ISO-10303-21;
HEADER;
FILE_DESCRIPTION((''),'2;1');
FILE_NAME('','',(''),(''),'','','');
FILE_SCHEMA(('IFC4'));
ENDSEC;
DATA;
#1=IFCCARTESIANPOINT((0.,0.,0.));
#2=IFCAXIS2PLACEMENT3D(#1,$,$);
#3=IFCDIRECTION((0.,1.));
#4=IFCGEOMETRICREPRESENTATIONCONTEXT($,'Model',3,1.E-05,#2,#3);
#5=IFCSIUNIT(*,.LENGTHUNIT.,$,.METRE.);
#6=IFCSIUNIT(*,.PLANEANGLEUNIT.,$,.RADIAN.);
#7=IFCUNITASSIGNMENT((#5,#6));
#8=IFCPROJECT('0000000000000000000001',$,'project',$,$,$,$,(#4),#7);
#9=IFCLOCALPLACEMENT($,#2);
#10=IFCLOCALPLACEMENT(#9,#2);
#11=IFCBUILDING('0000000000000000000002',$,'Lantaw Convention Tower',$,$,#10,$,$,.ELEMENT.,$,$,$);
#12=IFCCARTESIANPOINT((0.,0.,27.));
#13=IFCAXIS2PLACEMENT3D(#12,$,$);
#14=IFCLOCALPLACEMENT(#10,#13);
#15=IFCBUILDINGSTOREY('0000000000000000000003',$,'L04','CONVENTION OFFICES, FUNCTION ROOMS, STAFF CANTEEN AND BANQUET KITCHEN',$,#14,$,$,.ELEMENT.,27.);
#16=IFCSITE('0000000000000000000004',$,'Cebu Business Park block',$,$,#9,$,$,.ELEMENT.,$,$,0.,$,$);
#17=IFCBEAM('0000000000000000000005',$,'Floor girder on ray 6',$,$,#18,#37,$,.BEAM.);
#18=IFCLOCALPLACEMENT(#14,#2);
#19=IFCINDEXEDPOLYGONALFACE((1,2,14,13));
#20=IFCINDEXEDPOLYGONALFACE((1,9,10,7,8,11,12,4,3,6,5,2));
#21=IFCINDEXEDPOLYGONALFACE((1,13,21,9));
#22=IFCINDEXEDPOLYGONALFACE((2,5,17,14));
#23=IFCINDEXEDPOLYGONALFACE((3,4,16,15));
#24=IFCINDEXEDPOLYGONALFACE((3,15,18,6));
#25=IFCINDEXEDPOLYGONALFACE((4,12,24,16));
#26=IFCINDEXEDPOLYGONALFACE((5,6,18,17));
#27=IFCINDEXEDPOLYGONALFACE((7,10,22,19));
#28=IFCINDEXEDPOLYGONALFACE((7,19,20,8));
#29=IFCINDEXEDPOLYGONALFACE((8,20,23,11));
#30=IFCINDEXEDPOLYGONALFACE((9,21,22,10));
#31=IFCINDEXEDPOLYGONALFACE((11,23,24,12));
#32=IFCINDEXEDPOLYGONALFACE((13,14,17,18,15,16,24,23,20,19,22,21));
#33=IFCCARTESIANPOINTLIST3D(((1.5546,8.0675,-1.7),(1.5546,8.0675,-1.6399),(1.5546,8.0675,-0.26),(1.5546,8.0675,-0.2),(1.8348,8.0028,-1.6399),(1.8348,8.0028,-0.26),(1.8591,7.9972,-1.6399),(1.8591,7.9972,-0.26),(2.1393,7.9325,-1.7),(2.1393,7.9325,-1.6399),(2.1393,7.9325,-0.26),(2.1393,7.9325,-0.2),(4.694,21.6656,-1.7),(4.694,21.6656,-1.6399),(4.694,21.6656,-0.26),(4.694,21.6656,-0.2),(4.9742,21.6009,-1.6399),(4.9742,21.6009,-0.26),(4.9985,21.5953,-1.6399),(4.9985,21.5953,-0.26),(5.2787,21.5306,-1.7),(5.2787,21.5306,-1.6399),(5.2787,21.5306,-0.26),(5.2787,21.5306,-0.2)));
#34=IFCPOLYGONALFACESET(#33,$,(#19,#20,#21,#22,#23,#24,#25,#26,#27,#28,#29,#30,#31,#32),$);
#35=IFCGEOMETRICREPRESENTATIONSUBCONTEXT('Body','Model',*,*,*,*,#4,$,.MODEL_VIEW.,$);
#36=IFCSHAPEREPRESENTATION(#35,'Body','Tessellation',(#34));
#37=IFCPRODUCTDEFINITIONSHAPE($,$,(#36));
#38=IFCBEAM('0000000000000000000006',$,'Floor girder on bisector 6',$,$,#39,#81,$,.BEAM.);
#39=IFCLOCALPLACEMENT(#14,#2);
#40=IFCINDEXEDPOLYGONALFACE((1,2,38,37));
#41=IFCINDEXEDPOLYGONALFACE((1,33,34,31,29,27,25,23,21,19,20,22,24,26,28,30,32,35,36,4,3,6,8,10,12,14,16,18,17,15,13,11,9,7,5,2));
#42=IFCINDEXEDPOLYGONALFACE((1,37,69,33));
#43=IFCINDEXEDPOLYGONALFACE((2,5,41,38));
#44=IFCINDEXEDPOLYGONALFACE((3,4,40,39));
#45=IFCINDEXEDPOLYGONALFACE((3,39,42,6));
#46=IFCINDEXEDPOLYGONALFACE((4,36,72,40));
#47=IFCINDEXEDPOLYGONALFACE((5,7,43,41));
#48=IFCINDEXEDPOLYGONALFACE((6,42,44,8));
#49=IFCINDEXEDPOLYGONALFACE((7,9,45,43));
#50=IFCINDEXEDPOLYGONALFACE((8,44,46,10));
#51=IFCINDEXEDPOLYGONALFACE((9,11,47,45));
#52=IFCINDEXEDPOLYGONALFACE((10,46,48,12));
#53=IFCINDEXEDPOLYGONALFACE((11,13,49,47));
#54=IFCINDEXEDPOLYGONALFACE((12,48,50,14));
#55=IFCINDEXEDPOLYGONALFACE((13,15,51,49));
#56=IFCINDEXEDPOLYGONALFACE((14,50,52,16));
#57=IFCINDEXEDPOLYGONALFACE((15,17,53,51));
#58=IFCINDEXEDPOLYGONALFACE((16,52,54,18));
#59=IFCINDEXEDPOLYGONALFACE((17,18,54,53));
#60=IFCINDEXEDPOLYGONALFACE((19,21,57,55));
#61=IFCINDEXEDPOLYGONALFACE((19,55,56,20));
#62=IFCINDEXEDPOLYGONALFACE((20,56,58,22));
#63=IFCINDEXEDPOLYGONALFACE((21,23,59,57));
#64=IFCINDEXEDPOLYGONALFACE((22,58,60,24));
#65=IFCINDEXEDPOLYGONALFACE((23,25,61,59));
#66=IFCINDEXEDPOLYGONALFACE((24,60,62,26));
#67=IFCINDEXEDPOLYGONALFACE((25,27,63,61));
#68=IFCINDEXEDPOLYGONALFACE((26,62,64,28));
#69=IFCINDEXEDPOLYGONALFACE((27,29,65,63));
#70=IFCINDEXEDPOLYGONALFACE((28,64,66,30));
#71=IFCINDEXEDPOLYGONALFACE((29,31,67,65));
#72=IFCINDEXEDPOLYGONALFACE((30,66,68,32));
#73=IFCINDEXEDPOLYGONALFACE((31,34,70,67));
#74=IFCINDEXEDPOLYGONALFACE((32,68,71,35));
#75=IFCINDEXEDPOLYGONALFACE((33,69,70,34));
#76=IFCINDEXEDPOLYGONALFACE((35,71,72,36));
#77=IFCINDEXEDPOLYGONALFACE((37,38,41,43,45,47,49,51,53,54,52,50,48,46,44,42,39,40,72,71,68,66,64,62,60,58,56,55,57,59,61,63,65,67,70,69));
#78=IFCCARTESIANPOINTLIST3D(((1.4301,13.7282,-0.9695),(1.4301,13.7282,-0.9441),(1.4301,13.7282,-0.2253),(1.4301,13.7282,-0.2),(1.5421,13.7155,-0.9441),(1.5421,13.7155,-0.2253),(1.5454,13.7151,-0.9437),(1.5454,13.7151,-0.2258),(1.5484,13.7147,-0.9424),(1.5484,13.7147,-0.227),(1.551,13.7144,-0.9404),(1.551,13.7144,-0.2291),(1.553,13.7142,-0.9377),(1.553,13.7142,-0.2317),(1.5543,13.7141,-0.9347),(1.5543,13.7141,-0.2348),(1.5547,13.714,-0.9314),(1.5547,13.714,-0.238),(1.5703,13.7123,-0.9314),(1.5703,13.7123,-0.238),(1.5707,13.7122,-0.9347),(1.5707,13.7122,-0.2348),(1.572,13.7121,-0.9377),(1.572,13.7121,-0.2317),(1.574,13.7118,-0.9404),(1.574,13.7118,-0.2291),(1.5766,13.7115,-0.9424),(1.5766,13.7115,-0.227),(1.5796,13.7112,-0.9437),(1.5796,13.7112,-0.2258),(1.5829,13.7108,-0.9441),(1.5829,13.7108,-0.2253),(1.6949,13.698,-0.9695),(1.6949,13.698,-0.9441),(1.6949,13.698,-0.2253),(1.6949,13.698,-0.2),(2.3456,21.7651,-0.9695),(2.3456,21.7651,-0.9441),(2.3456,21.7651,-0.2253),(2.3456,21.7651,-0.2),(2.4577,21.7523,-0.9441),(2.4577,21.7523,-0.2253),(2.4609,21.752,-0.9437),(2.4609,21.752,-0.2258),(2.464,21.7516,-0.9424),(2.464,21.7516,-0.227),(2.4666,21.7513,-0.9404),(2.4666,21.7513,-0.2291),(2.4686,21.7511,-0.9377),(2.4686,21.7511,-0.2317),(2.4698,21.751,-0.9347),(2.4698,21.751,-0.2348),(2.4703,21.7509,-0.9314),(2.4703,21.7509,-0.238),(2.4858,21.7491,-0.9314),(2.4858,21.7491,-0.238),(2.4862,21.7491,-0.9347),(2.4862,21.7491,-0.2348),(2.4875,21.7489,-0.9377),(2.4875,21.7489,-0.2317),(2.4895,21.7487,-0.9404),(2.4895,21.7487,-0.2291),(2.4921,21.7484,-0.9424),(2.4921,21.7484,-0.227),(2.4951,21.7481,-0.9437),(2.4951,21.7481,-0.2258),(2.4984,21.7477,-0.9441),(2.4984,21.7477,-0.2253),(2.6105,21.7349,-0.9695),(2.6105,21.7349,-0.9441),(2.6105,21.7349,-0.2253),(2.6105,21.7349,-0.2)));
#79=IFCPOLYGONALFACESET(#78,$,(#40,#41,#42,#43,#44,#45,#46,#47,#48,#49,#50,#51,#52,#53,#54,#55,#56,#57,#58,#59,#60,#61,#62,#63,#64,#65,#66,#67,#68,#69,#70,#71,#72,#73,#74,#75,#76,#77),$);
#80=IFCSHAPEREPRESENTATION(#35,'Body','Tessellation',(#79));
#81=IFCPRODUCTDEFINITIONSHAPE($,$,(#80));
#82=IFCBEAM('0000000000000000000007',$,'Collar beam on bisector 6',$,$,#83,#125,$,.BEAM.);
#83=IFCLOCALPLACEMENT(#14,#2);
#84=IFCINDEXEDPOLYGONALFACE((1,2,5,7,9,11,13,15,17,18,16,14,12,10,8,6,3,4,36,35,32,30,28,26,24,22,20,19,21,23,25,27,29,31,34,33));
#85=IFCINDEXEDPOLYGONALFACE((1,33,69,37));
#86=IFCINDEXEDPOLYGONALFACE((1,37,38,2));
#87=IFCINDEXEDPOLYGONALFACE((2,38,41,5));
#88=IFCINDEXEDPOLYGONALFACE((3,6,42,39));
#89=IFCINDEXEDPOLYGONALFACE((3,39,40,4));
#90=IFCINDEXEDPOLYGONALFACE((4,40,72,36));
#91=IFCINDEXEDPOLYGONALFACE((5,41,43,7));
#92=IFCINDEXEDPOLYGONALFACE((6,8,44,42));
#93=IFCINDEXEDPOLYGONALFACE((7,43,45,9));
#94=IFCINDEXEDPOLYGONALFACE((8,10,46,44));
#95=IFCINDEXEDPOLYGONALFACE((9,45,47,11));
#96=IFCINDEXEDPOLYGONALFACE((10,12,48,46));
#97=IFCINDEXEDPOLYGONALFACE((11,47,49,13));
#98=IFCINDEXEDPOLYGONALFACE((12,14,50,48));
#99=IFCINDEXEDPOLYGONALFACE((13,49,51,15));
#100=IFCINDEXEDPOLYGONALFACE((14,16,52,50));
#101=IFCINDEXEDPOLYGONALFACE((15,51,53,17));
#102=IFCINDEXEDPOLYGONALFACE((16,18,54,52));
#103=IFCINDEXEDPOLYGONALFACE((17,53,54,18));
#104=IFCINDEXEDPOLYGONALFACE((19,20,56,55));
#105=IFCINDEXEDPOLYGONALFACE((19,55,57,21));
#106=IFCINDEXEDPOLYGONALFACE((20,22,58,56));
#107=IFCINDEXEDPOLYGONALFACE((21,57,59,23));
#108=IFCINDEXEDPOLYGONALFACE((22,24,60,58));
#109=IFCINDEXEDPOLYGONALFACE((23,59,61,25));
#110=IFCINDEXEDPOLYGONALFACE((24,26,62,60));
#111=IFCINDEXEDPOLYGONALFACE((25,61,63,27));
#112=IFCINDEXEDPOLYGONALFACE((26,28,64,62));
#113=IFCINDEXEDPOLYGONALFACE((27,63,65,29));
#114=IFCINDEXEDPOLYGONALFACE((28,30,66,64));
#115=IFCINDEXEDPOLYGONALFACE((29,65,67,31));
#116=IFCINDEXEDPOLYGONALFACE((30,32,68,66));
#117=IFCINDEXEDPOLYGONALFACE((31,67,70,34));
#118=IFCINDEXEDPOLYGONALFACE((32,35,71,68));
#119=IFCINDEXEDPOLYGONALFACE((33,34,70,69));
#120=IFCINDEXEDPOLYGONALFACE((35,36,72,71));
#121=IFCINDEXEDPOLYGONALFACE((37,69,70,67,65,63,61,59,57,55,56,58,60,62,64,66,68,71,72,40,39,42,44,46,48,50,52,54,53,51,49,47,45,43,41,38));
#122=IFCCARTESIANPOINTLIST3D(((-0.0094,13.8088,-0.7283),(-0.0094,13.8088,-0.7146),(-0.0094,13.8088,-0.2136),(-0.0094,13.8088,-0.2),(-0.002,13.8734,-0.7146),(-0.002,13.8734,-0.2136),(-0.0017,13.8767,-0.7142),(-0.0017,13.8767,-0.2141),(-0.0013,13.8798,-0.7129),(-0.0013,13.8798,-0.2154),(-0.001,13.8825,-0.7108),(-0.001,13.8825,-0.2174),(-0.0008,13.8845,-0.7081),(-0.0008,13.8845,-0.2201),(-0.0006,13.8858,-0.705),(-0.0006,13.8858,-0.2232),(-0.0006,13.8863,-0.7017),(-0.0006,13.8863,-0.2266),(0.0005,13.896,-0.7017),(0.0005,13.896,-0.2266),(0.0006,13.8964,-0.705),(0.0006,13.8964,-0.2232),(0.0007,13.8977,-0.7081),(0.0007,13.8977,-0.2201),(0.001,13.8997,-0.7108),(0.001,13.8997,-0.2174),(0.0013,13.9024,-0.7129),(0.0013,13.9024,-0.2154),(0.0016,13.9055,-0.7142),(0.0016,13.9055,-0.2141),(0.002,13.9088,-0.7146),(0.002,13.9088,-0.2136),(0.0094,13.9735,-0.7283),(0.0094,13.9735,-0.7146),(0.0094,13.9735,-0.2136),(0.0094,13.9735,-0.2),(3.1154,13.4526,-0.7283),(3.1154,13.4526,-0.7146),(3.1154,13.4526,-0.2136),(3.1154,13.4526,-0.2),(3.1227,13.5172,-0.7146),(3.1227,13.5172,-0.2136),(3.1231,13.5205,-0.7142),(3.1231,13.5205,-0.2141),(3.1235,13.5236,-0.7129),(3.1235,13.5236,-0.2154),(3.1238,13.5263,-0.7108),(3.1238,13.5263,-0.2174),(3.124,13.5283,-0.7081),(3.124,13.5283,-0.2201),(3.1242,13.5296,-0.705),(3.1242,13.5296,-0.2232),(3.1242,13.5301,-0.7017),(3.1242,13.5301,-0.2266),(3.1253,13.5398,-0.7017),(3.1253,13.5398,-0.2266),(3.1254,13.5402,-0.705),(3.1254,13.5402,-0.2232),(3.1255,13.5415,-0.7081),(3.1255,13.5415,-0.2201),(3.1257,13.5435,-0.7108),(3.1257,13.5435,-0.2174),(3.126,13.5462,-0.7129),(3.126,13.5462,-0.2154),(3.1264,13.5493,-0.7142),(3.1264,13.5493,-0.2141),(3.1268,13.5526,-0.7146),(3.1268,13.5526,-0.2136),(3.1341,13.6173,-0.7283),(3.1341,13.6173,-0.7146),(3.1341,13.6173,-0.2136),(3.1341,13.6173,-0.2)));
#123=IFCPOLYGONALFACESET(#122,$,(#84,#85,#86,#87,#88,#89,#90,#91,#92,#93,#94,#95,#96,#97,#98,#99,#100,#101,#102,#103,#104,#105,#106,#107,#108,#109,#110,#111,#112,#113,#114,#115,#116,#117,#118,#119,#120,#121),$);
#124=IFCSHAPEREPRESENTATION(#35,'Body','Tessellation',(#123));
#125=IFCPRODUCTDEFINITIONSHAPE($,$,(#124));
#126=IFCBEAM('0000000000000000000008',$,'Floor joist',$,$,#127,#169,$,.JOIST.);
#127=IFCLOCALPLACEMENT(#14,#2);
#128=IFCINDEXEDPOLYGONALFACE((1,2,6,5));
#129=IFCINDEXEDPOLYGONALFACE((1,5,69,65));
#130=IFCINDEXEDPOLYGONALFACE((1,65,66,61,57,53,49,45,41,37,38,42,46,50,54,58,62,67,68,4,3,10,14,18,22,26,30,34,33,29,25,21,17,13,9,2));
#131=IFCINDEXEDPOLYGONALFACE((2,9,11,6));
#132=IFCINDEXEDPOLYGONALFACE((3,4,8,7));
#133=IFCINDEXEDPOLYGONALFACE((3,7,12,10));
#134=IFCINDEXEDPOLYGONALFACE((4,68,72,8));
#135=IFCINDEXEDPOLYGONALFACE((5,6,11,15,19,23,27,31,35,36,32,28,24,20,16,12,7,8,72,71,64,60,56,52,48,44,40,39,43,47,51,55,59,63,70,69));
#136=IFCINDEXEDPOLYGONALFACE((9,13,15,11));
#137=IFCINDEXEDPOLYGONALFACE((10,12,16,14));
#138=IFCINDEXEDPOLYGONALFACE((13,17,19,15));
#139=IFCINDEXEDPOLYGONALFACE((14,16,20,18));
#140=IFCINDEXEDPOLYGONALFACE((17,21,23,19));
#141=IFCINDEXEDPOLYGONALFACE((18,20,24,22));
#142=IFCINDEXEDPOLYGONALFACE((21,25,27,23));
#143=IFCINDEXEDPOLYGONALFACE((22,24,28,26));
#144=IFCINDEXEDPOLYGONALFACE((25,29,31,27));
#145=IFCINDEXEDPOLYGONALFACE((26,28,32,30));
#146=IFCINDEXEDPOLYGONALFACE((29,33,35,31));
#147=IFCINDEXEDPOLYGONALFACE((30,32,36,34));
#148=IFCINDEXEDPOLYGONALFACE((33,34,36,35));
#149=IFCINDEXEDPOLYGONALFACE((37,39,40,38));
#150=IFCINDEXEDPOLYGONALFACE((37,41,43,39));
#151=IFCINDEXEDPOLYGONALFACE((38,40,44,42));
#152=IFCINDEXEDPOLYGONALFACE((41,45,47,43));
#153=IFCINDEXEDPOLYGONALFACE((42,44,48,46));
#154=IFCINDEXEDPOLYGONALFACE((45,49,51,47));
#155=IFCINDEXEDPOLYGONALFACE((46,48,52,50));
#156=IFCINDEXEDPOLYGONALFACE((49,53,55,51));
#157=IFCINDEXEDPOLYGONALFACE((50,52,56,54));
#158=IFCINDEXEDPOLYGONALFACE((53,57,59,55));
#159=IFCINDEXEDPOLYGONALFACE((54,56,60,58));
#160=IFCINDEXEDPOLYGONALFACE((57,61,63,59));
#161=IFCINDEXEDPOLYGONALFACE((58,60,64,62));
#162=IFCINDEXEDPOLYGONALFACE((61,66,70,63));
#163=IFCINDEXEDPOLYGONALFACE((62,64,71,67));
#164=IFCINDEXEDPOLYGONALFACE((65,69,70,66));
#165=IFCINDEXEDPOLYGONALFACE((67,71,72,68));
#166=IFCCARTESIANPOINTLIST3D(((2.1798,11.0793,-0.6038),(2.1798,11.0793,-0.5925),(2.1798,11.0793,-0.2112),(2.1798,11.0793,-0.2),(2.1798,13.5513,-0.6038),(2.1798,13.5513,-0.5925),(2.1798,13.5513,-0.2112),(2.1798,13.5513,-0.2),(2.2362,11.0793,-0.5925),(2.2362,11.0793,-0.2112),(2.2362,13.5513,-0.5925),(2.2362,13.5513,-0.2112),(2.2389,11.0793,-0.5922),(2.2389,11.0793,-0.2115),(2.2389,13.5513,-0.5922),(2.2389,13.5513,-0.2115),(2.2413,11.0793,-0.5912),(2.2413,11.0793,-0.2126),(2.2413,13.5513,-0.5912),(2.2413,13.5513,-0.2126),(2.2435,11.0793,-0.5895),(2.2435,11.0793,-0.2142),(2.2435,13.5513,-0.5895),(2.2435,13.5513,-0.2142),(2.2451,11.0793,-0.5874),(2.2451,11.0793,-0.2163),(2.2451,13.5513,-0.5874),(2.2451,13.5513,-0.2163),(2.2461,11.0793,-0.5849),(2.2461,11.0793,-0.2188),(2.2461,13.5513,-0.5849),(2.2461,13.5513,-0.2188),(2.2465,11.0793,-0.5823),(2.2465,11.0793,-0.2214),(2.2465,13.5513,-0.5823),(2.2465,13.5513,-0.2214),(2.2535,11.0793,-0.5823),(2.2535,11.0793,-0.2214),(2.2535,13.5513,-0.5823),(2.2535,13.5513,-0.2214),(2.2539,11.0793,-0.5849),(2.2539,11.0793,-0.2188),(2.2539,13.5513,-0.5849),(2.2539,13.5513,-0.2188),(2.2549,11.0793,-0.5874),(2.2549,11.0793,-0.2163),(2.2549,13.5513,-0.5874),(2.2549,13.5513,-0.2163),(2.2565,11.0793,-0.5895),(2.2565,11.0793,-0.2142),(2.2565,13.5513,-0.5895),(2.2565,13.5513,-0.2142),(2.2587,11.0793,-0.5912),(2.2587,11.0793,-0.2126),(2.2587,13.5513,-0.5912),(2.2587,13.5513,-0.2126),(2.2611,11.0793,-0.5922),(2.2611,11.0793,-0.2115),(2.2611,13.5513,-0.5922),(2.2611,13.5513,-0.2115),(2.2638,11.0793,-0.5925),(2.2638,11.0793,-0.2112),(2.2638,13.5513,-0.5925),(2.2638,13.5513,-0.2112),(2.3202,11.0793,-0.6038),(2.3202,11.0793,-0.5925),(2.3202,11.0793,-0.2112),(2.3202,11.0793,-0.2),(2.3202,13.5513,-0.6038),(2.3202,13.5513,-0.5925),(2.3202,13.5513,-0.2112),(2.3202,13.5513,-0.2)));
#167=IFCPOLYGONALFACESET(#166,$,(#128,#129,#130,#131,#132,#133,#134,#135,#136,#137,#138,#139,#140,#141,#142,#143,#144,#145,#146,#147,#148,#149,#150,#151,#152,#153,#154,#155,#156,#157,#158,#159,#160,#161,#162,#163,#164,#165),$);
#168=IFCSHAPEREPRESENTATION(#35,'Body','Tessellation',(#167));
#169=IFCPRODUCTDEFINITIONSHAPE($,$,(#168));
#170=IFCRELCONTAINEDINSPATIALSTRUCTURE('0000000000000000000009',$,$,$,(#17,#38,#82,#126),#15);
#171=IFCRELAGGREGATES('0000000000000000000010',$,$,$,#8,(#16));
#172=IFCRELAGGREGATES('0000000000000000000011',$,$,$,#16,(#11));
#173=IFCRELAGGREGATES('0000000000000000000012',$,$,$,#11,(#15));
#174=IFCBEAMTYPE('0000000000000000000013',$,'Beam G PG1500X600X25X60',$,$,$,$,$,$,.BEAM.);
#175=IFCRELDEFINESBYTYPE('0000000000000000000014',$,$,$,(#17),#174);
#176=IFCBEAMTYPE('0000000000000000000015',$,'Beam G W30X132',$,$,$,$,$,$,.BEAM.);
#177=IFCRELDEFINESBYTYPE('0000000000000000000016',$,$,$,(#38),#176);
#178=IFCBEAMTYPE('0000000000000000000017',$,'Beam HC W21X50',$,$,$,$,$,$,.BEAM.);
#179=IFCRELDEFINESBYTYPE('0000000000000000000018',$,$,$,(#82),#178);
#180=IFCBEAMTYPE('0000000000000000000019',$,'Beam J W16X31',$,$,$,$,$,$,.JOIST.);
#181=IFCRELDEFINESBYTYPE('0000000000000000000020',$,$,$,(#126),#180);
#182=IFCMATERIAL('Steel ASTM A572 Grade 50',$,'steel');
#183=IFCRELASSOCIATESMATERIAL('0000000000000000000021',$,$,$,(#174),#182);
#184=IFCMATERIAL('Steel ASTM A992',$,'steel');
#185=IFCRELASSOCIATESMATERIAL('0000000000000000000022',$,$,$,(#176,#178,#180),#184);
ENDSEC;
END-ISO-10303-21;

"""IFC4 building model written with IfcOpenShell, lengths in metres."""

from ifc_helpers import new_model, si_unit, direction, frame, origin, origin_2d, place, context, subcontext, project, spatial, i_section, extrude, material, material_profile, profile_set, type_object, element, save


model = new_model("IFC4")

# Units and contexts
model_context = context("Model", 3, precision=1e-05, world=origin(), true_north=direction((0.0, 1.0)))
body_context = subcontext(model_context, "Body", "Model", "MODEL_VIEW")
ifc_project = project(units=[si_unit("LENGTHUNIT", "METRE"), si_unit("PLANEANGLEUNIT", "RADIAN")], contexts=[model_context])

# Site, building, storey
site_placement = place(None, origin())
site = spatial("IfcSite", under=ifc_project, at=site_placement, Name="Cebu Business Park block", CompositionType="ELEMENT", RefElevation=0.0)
building_placement = place(site_placement, origin())
building = spatial("IfcBuilding", under=site, at=building_placement, Name="Lantaw Convention Tower", CompositionType="ELEMENT")
storey_placement = place(building_placement, frame((0.0, 0.0, 27.0)))
storey = spatial("IfcBuildingStorey", under=building, at=storey_placement, Name="L04", Description="CONVENTION OFFICES, FUNCTION ROOMS, STAFF CANTEEN AND BANQUET KITCHEN", CompositionType="ELEMENT", Elevation=27.0)

# Beams
ifc_material_1 = material(Name="Steel ASTM A572 Grade 50", Category="steel")
ifc_material_profile_1 = material_profile(ifc_material_1, i_section(OverallWidth=0.6001, OverallDepth=1.5, WebThickness=0.0249, FlangeThickness=0.0601, at=origin_2d()), Name="PG1500X600X25X60")
ifc_profile_set_1 = profile_set([ifc_material_profile_1], Name="Steel ASTM A572 Grade 50")
beam_type_1 = type_object("IfcBeamType", Name="Beam G PG1500X600X25X60", PredefinedType="BEAM", material=ifc_profile_set_1)
beam_1_placement = place(storey_placement, frame((1.8469, 8.0, -0.95), z_axis=(0.224953, 0.97437, 0.0), x_axis=(-0.97437, 0.224953, 0.0)))
element("IfcBeam", 1, at=beam_1_placement, inside=storey, type_object=beam_type_1, Name="Floor girder on ray 6", PredefinedType="BEAM", context=body_context, shape_type="SweptSolid", body=[
    extrude(i_section(OverallWidth=0.6001, OverallDepth=1.5, WebThickness=0.0249, FlangeThickness=0.0601, at=origin_2d()), origin(), (0.0, 0.0, 1.0), 13.9558),
])
ifc_material_2 = material(Name="Steel ASTM A992", Category="steel")
ifc_material_profile_2 = material_profile(ifc_material_2, i_section(OverallWidth=0.2666, OverallDepth=0.7695, WebThickness=0.0156, FlangeThickness=0.0254, FilletRadius=0.0127, at=origin_2d()), Name="W30X132")
ifc_profile_set_2 = profile_set([ifc_material_profile_2], Name="Steel ASTM A992")
beam_type_2 = type_object("IfcBeamType", Name="Beam G W30X132", PredefinedType="BEAM", material=ifc_profile_set_2)
beam_2_placement = place(storey_placement, frame((1.5625, 13.7131, -0.5847), z_axis=(0.113184, 0.993574, 0.0), x_axis=(-0.993574, 0.113184, 0.0)))
element("IfcBeam", 2, at=beam_2_placement, inside=storey, type_object=beam_type_2, Name="Floor girder on bisector 6", PredefinedType="BEAM", context=body_context, shape_type="SweptSolid", body=[
    extrude(i_section(OverallWidth=0.2666, OverallDepth=0.7695, WebThickness=0.0156, FlangeThickness=0.0254, FilletRadius=0.0127, at=origin_2d()), origin(), (0.0, 0.0, 1.0), 8.0889),
])
ifc_material_profile_3 = material_profile(ifc_material_2, i_section(OverallWidth=0.1658, OverallDepth=0.5283, WebThickness=0.0098, FlangeThickness=0.0137, FilletRadius=0.0129, at=origin_2d()), Name="W21X50")
ifc_profile_set_3 = profile_set([ifc_material_profile_3], Name="Steel ASTM A992")
beam_type_3 = type_object("IfcBeamType", Name="Beam HC W21X50", PredefinedType="BEAM", material=ifc_profile_set_3)
beam_3_placement = place(storey_placement, frame((3.1248, 13.5349, -0.4641), z_axis=(-0.993565, 0.11326, 0.0), x_axis=(-0.11326, -0.993565, 0.0)))
element("IfcBeam", 3, at=beam_3_placement, inside=storey, type_object=beam_type_3, Name="Collar beam on bisector 6", PredefinedType="BEAM", context=body_context, shape_type="SweptSolid", body=[
    extrude(i_section(OverallWidth=0.1658, OverallDepth=0.5283, WebThickness=0.0098, FlangeThickness=0.0137, FilletRadius=0.0129, at=origin_2d()), origin(), (0.0, 0.0, 1.0), 3.145),
])
ifc_material_profile_4 = material_profile(ifc_material_2, i_section(OverallWidth=0.1404, OverallDepth=0.4038, WebThickness=0.0071, FlangeThickness=0.0112, FilletRadius=0.0103, at=origin_2d()), Name="W16X31")
ifc_profile_set_4 = profile_set([ifc_material_profile_4], Name="Steel ASTM A992")
beam_type_4 = type_object("IfcBeamType", Name="Beam J W16X31", PredefinedType="JOIST", material=ifc_profile_set_4)
beam_4_placement = place(storey_placement, frame((2.25, 11.0793, -0.4019), z_axis=(0.0, 1.0, 0.0), x_axis=(-1.0, 0.0, 0.0)))
element("IfcBeam", 4, at=beam_4_placement, inside=storey, type_object=beam_type_4, Name="Floor joist", PredefinedType="JOIST", context=body_context, shape_type="SweptSolid", body=[
    extrude(i_section(OverallWidth=0.1404, OverallDepth=0.4038, WebThickness=0.0071, FlangeThickness=0.0112, FilletRadius=0.0103, at=origin_2d()), origin(), (0.0, 0.0, 1.0), 2.4719),
])

save(model, "model.ifc")
